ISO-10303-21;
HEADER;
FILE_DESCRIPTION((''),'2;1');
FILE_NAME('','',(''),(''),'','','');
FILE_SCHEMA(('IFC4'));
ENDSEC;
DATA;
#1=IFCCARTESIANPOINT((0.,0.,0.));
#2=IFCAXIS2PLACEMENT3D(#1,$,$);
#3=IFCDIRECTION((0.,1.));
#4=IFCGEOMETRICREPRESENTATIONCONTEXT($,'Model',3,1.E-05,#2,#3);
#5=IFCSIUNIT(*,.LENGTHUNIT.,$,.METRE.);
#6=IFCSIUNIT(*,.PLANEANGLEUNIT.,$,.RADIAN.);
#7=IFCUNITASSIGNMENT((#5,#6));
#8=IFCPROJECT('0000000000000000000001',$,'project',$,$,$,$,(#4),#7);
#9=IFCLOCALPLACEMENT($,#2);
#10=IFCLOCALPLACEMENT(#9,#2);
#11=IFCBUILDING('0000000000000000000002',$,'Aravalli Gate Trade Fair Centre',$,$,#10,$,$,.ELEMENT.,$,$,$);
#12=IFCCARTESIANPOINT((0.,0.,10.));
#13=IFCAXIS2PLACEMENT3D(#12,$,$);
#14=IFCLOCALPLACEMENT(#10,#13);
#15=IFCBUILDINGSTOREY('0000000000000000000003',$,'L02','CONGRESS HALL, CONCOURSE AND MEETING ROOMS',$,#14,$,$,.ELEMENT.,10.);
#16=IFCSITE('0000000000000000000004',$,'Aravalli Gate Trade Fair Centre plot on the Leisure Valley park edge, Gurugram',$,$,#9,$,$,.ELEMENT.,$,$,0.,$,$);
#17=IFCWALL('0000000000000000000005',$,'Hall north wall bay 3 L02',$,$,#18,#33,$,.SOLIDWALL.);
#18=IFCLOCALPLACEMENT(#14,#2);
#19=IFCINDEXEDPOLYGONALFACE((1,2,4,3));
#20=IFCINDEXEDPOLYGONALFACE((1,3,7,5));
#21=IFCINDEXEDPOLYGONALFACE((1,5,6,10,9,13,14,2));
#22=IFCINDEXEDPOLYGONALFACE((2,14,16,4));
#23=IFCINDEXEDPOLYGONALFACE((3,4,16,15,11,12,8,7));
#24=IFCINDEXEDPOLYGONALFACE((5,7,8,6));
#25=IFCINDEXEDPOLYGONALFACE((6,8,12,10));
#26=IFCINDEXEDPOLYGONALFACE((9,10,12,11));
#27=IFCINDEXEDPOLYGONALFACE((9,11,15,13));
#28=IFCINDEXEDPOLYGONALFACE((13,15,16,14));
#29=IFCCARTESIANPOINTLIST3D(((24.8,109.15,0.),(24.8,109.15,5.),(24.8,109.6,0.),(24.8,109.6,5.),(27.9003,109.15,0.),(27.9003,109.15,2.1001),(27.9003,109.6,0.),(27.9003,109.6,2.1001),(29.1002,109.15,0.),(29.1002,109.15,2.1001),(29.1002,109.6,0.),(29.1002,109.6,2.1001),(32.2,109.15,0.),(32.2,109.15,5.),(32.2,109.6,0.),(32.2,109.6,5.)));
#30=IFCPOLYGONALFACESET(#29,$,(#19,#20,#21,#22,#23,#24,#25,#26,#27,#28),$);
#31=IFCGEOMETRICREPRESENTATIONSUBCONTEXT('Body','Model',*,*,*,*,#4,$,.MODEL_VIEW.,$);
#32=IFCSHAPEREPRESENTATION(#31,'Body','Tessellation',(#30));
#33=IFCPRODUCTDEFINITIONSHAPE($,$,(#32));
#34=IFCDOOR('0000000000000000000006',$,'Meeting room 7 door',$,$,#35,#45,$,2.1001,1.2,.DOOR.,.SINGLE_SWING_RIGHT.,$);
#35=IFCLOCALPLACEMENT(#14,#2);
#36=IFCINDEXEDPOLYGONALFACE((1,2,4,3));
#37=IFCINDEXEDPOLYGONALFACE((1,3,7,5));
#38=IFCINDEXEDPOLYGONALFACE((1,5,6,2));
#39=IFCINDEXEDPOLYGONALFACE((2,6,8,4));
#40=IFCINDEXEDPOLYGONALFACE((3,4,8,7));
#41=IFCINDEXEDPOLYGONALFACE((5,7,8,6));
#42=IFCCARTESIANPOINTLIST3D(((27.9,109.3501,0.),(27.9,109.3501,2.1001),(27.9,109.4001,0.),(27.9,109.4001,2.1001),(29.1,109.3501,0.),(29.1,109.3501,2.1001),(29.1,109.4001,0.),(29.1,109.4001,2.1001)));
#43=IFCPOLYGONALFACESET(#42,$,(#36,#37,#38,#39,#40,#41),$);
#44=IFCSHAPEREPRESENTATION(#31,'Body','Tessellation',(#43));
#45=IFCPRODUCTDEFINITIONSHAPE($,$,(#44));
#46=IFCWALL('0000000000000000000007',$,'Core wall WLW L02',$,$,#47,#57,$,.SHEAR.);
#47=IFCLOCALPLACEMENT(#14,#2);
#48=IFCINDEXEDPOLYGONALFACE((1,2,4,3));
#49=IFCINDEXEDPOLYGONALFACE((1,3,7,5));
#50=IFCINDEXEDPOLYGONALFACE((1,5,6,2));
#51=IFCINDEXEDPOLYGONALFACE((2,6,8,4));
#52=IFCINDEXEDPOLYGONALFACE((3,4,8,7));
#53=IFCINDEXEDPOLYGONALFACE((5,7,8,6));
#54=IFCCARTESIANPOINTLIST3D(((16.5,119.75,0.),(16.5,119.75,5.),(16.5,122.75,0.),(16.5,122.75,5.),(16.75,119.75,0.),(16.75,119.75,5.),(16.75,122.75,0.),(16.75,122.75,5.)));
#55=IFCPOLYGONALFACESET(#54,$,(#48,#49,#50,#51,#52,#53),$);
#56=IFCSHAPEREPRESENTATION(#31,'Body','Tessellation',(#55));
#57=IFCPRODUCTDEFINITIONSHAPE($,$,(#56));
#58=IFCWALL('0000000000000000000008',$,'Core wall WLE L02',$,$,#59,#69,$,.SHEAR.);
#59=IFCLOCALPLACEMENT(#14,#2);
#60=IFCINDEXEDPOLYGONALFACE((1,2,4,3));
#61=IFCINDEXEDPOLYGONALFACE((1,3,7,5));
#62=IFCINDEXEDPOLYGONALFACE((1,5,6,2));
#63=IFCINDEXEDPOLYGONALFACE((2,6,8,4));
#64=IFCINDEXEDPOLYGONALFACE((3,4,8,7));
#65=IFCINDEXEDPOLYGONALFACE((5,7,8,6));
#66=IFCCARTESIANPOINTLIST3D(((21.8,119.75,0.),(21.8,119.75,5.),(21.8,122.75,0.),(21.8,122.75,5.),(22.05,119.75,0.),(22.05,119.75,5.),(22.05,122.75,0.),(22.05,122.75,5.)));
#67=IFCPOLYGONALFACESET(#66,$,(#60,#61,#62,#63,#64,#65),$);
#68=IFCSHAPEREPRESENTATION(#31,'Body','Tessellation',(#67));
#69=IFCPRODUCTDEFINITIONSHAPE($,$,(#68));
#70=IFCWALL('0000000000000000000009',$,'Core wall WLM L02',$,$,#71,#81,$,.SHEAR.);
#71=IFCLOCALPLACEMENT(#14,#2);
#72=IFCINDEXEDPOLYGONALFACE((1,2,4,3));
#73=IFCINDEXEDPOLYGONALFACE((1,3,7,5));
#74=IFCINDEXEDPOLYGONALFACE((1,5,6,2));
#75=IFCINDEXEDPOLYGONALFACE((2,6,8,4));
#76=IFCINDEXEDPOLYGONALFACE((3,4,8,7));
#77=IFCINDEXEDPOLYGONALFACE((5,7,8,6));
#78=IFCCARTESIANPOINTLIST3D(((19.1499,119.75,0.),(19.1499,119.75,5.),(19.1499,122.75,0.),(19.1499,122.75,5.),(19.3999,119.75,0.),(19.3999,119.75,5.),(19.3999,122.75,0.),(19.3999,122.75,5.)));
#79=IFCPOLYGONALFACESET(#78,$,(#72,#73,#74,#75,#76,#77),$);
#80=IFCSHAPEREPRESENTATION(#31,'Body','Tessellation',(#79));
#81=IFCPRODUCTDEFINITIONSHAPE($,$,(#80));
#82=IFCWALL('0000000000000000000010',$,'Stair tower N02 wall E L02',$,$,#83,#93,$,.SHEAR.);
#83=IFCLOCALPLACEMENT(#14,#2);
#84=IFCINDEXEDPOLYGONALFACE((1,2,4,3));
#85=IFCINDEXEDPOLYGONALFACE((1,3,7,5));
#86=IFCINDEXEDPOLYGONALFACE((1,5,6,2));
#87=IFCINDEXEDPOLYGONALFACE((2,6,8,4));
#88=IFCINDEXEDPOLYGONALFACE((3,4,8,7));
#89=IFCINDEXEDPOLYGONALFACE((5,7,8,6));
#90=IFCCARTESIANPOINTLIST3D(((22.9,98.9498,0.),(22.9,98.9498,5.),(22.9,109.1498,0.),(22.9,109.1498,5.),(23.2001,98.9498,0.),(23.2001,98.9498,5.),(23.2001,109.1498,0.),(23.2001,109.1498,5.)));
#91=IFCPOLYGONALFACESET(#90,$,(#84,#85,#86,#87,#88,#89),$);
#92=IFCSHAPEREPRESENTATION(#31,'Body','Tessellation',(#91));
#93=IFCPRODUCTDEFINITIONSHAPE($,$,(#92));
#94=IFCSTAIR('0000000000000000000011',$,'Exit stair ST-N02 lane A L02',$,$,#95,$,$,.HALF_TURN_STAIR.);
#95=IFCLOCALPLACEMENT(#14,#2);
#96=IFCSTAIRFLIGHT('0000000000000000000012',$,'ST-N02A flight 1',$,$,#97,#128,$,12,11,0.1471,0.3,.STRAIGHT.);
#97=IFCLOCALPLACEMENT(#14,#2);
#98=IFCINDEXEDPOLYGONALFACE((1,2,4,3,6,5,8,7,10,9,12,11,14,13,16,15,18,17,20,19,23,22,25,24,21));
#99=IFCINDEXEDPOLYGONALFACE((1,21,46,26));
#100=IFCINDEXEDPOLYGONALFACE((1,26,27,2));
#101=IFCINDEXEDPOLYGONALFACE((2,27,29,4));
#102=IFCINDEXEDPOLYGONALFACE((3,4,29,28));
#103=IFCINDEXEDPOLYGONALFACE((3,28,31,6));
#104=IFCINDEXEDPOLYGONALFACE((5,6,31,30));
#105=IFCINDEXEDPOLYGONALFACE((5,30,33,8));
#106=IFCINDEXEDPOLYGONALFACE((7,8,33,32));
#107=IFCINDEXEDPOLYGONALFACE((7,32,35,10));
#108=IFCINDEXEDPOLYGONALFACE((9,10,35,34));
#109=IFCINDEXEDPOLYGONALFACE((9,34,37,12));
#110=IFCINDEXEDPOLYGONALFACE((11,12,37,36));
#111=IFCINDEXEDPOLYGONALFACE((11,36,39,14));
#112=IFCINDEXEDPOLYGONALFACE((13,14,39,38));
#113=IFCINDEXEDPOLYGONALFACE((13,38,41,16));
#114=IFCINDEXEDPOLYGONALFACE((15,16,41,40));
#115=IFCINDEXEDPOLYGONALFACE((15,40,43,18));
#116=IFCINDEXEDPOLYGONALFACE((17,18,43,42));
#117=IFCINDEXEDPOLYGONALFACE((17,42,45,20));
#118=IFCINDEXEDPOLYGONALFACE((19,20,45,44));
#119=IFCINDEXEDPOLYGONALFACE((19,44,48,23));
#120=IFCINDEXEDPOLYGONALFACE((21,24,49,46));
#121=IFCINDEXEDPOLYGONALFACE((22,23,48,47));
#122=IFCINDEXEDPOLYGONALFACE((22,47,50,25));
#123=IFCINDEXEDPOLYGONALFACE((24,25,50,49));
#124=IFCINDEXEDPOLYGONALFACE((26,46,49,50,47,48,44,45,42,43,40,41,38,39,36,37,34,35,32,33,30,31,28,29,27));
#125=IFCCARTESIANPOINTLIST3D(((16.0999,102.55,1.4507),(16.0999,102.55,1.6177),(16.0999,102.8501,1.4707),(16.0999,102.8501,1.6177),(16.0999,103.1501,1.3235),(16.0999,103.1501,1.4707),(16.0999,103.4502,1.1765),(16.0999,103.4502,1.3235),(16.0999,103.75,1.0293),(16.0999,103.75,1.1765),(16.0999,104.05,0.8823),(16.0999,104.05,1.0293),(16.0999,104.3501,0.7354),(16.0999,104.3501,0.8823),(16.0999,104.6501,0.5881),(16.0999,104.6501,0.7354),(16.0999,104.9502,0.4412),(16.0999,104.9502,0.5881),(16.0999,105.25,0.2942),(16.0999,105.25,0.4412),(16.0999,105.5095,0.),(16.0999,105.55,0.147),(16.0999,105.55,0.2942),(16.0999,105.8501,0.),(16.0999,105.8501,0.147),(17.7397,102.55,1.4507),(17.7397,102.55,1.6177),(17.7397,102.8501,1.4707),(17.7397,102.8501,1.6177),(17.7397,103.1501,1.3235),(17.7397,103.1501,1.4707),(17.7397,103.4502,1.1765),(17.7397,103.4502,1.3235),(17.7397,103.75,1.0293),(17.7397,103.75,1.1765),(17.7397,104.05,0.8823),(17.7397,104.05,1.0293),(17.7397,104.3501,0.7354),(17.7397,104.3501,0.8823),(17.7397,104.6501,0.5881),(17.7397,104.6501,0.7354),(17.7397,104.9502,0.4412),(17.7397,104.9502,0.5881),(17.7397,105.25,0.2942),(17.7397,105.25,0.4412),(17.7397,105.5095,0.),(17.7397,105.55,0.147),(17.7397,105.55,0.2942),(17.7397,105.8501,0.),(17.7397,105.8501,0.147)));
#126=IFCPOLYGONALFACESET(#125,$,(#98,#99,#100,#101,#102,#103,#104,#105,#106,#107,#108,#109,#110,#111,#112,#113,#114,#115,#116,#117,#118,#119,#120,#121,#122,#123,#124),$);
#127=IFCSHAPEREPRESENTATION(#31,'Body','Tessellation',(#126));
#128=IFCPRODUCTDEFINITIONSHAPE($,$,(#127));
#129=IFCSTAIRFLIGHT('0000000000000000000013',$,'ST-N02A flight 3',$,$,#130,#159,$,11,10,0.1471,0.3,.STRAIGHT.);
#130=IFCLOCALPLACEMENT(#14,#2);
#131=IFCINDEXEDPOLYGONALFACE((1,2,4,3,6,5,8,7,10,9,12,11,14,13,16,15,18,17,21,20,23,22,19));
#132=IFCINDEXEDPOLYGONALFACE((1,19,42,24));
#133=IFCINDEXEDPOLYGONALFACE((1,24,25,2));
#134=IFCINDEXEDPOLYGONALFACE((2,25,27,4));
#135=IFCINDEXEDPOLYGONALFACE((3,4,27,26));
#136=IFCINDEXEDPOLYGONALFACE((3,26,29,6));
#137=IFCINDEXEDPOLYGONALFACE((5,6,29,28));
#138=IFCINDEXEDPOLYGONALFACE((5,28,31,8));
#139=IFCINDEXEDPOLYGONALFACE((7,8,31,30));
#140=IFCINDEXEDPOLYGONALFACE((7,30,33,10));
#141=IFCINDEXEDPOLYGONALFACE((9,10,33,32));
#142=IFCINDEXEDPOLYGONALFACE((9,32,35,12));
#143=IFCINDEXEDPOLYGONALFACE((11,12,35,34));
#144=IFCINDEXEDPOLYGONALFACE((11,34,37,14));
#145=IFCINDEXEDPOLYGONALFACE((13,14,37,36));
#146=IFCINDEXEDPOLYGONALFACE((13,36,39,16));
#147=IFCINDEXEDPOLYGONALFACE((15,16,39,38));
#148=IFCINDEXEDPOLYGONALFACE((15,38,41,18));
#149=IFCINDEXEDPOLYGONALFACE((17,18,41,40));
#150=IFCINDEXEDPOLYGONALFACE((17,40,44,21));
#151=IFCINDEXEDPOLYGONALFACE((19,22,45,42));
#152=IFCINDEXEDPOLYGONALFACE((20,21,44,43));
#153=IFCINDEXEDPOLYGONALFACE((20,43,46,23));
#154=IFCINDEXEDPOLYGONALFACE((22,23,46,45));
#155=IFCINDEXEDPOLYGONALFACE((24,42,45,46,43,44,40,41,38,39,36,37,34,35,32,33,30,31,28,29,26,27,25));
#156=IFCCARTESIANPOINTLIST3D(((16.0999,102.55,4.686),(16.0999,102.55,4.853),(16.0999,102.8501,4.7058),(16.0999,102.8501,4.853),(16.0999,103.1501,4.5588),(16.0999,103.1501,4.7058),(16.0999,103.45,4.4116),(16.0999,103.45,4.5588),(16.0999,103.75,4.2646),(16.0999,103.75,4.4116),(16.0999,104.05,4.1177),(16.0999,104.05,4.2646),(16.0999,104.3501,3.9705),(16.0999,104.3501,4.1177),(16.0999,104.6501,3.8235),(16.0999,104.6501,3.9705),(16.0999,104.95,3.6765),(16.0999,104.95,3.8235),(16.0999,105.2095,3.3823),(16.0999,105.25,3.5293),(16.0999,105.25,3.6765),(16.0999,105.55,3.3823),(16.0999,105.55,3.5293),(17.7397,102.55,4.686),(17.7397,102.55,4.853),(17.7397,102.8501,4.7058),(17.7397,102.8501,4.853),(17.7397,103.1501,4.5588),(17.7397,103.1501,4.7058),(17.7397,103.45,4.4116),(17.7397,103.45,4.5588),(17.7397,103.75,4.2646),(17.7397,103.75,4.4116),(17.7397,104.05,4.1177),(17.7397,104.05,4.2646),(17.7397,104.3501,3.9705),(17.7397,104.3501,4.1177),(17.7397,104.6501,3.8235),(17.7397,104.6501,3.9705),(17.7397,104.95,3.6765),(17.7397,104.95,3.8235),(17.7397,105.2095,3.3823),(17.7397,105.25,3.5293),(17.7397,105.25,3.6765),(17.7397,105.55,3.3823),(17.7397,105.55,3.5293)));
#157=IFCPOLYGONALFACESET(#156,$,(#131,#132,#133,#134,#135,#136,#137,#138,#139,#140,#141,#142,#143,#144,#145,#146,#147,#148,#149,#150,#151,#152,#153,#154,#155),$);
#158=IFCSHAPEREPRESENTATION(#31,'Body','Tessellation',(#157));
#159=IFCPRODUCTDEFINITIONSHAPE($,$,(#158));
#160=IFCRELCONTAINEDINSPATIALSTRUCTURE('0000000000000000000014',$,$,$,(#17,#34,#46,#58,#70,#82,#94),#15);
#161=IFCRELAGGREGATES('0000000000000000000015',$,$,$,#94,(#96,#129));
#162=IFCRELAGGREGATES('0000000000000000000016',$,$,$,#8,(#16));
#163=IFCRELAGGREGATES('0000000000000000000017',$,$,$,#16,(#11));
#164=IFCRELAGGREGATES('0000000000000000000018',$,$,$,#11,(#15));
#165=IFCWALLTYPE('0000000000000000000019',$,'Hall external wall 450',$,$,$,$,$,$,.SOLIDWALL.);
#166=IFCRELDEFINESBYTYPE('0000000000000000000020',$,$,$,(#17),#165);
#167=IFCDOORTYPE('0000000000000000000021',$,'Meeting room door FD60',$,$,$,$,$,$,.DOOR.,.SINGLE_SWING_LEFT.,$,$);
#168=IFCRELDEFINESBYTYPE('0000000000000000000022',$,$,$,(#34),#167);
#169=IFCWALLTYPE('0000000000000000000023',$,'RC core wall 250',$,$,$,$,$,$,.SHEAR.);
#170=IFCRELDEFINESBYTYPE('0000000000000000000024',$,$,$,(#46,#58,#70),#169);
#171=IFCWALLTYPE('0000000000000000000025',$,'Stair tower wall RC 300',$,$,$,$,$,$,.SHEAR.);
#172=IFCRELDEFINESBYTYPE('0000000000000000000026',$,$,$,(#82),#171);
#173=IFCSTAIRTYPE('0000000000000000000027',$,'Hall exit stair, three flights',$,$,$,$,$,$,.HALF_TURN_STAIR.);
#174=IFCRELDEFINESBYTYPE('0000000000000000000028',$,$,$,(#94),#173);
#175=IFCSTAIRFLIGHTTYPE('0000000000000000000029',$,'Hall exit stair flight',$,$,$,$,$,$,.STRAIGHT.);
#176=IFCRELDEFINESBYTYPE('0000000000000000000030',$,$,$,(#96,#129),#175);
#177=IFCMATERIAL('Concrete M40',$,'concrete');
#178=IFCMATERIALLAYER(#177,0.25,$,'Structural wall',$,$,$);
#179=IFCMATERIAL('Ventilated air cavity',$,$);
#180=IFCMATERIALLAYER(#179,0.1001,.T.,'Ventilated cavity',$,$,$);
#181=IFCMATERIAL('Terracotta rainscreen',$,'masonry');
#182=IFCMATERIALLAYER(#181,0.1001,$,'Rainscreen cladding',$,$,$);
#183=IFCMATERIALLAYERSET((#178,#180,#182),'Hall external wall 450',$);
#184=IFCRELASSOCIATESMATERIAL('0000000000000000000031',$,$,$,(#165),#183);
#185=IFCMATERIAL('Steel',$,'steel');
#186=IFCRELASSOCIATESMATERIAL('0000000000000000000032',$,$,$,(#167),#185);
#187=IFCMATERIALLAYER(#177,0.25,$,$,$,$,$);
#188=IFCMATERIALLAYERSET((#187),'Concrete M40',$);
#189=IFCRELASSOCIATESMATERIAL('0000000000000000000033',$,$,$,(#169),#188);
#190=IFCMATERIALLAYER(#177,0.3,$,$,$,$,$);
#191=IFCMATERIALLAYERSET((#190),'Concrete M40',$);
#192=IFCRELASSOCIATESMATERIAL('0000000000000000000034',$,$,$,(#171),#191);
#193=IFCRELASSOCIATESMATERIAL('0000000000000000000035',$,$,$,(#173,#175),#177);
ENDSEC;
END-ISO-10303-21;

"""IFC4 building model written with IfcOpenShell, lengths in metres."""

from ifc_helpers import new_model, si_unit, direction, frame, frame_2d, origin, place, context, subcontext, project, spatial, polyline, rectangle, outline, extrude, material, layer, layer_set, type_object, element, fill, aggregate, save


model = new_model("IFC4")

# Units and contexts
model_context = context("Model", 3, precision=1e-05, world=origin(), true_north=direction((0.0, 1.0)))
body_context = subcontext(model_context, "Body", "Model", "MODEL_VIEW")
ifc_project = project(units=[si_unit("LENGTHUNIT", "METRE"), si_unit("PLANEANGLEUNIT", "RADIAN")], contexts=[model_context])

# Site, building, storey
site_placement = place(None, origin())
site = spatial("IfcSite", under=ifc_project, at=site_placement, Name="Aravalli Gate Trade Fair Centre plot on the Leisure Valley park edge, Gurugram", CompositionType="ELEMENT", RefElevation=0.0)
building_placement = place(site_placement, origin())
building = spatial("IfcBuilding", under=site, at=building_placement, Name="Aravalli Gate Trade Fair Centre", CompositionType="ELEMENT")
storey_placement = place(building_placement, frame((0.0, 0.0, 10.0)))
storey = spatial("IfcBuildingStorey", under=building, at=storey_placement, Name="L02", Description="CONGRESS HALL, CONCOURSE AND MEETING ROOMS", CompositionType="ELEMENT", Elevation=10.0)

# Wall, opening, door
ifc_material_1 = material(Name="Concrete M40", Category="concrete")
ifc_layer_1 = layer(ifc_material_1, 0.25, Name="Structural wall")
ifc_material_2 = material(Name="Ventilated air cavity")
ifc_layer_2 = layer(ifc_material_2, 0.1001, ventilated=True, Name="Ventilated cavity")
ifc_material_3 = material(Name="Terracotta rainscreen", Category="masonry")
ifc_layer_3 = layer(ifc_material_3, 0.1001, Name="Rainscreen cladding")
ifc_layer_set_1 = layer_set([ifc_layer_1, ifc_layer_2, ifc_layer_3], Name="Hall external wall 450")
wall_type_1 = type_object("IfcWallType", Name="Hall external wall 450", PredefinedType="SOLIDWALL", material=ifc_layer_set_1)
wall_1_placement = place(storey_placement, frame((24.8, 109.375, 0.0), z_axis=(0.0, 0.0, 1.0), x_axis=(1.0, 0.0, 0.0)))
wall_1 = element("IfcWall", 1, at=wall_1_placement, inside=storey, type_object=wall_type_1, Name="Hall north wall bay 3 L02", PredefinedType="SOLIDWALL", context=body_context, shape_type="SweptSolid", body=[
    extrude(rectangle(XDim=7.3999, YDim=0.45, at=frame_2d((3.7, 0.0))), origin(), (0.0, 0.0, 1.0), 5.0),
])
opening_placement = place(wall_1_placement, frame((3.1001, 0.0, 0.0)))
opening = element("IfcOpeningElement", 2, at=opening_placement, cuts=wall_1, PredefinedType="OPENING", context=body_context, shape_type="SweptSolid", body=[
    extrude(rectangle(XDim=1.2, YDim=2.1001, at=frame_2d((0.6001, 1.05))), frame((0.0, 0.2349, 0.0), z_axis=(0.0, -1.0, 0.0), x_axis=(1.0, 0.0, 0.0)), (0.0, 0.0, 1.0), 0.47),
])
ifc_material_4 = material(Name="Steel", Category="steel")
door_type = type_object("IfcDoorType", Name="Meeting room door FD60", OperationType="SINGLE_SWING_LEFT", PredefinedType="DOOR", material=ifc_material_4)
door_placement = place(opening_placement, frame((1.2, 0.0, 0.0), z_axis=(0.0, 0.0, 1.0), x_axis=(-1.0, 0.0, 0.0)))
door = element("IfcDoor", 3, at=door_placement, inside=storey, type_object=door_type, Name="Meeting room 7 door", OperationType="SINGLE_SWING_RIGHT", OverallHeight=2.1001, OverallWidth=1.2, PredefinedType="DOOR", context=body_context, shape_type="SweptSolid", body=[
    extrude(rectangle(XDim=1.2, YDim=2.1001, at=frame_2d((0.6001, 1.05))), frame((0.0, 0.0249, 0.0), z_axis=(0.0, -1.0, 0.0), x_axis=(1.0, 0.0, 0.0)), (0.0, 0.0, 1.0), 0.05),
])
fill(opening, door)

# Walls
ifc_layer_4 = layer(ifc_material_1, 0.25)
ifc_layer_set_2 = layer_set([ifc_layer_4], Name="Concrete M40")
wall_type_2 = type_object("IfcWallType", Name="RC core wall 250", PredefinedType="SHEAR", material=ifc_layer_set_2)
for number, where, z_axis, x_axis, name in (
    (4, (16.625, 119.75, 0.0), (0.0, 0.0, 1.0), (0.0, 1.0, 0.0), "Core wall WLW L02"),
    (5, (21.925, 119.75, 0.0), (0.0, 0.0, 1.0), (0.0, 1.0, 0.0), "Core wall WLE L02"),
    (6, (19.2749, 119.75, 0.0), (0.0, 0.0, 1.0), (0.0, 1.0, 0.0), "Core wall WLM L02"),
):
    element("IfcWall", number, at=place(storey_placement, frame(where, z_axis=z_axis, x_axis=x_axis)), inside=storey, type_object=wall_type_2, Name=name, PredefinedType="SHEAR", context=body_context, shape_type="SweptSolid", body=[
        extrude(rectangle(XDim=3.0, YDim=0.25, at=frame_2d((1.5, 0.0))), origin(), (0.0, 0.0, 1.0), 5.0),
    ])
ifc_layer_5 = layer(ifc_material_1, 0.3)
ifc_layer_set_3 = layer_set([ifc_layer_5], Name="Concrete M40")
wall_type_3 = type_object("IfcWallType", Name="Stair tower wall RC 300", PredefinedType="SHEAR", material=ifc_layer_set_3)
wall_2_placement = place(storey_placement, frame((23.05, 109.1499, 0.0), z_axis=(0.0, 0.0, 1.0), x_axis=(0.0, -1.0, 0.0)))
element("IfcWall", 7, at=wall_2_placement, inside=storey, type_object=wall_type_3, Name="Stair tower N02 wall E L02", PredefinedType="SHEAR", context=body_context, shape_type="SweptSolid", body=[
    extrude(rectangle(XDim=10.2, YDim=0.3, at=frame_2d((5.1001, 0.0))), origin(), (0.0, 0.0, 1.0), 5.0),
])

# Stair, stair flights
stair_type = type_object("IfcStairType", Name="Hall exit stair, three flights", PredefinedType="HALF_TURN_STAIR", material=ifc_material_1)
stair_1_placement = place(storey_placement, origin())
stair_1 = element("IfcStair", 8, at=stair_1_placement, inside=storey, type_object=stair_type, Name="Exit stair ST-N02 lane A L02", PredefinedType="HALF_TURN_STAIR")
stair_flight_type = type_object("IfcStairFlightType", Name="Hall exit stair flight", PredefinedType="STRAIGHT", material=ifc_material_1)
stair_flight_1_placement = place(storey_placement, frame((16.9199, 105.8501, 0.0), z_axis=(0.0, 0.0, 1.0), x_axis=(0.0, -1.0, 0.0)))
stair_flight_1 = element("IfcStairFlight", 9, at=stair_flight_1_placement, type_object=stair_flight_type, Name="ST-N02A flight 1", NumberOfRisers=12, NumberOfTreads=11, PredefinedType="STRAIGHT", RiserHeight=0.1471, TreadLength=0.3, context=body_context, shape_type="SweptSolid", body=[
    extrude(outline(polyline([(0.0, 0.0), (0.0, 0.147), (0.3, 0.147), (0.3, 0.2942), (0.6001, 0.2942), (0.6001, 0.4412), (0.8999, 0.4412), (0.8999, 0.5881), (1.2, 0.5881), (1.2, 0.7354), (1.5, 0.7354), (1.5, 0.8823), (1.8, 0.8823), (1.8, 1.0293), (2.1001, 1.0293), (2.1001, 1.1765), (2.3999, 1.1765), (2.3999, 1.3235), (2.7, 1.3235), (2.7, 1.4707), (3.0, 1.4707), (3.0, 1.6177), (3.3, 1.6177), (3.3, 1.7646), (3.3, 1.4507), (0.3406, 0.0), (0.0, 0.0)])), frame((0.0, 0.8198, 0.0), z_axis=(0.0, -1.0, 0.0), x_axis=(1.0, 0.0, 0.0)), (0.0, 0.0, 1.0), 1.6399),
])
stair_flight_2_placement = place(storey_placement, frame((16.9199, 105.55, 3.3823), z_axis=(0.0, 0.0, 1.0), x_axis=(0.0, -1.0, 0.0)))
stair_flight_2 = element("IfcStairFlight", 10, at=stair_flight_2_placement, type_object=stair_flight_type, Name="ST-N02A flight 3", NumberOfRisers=11, NumberOfTreads=10, PredefinedType="STRAIGHT", RiserHeight=0.1471, TreadLength=0.3, context=body_context, shape_type="SweptSolid", body=[
    extrude(outline(polyline([(0.0, 0.0), (0.0, 0.147), (0.3, 0.147), (0.3, 0.2942), (0.6001, 0.2942), (0.6001, 0.4412), (0.8999, 0.4412), (0.8999, 0.5881), (1.2, 0.5881), (1.2, 0.7354), (1.5, 0.7354), (1.5, 0.8823), (1.8, 0.8823), (1.8, 1.0293), (2.1001, 1.0293), (2.1001, 1.1765), (2.3999, 1.1765), (2.3999, 1.3235), (2.7, 1.3235), (2.7, 1.4707), (3.0, 1.4707), (3.0, 1.6177), (3.0, 1.3037), (0.3406, 0.0), (0.0, 0.0)])), frame((0.0, 0.8198, 0.0), z_axis=(0.0, -1.0, 0.0), x_axis=(1.0, 0.0, 0.0)), (0.0, 0.0, 1.0), 1.6399),
])
aggregate(stair_1, [stair_flight_1, stair_flight_2])

save(model, "model.ifc")
